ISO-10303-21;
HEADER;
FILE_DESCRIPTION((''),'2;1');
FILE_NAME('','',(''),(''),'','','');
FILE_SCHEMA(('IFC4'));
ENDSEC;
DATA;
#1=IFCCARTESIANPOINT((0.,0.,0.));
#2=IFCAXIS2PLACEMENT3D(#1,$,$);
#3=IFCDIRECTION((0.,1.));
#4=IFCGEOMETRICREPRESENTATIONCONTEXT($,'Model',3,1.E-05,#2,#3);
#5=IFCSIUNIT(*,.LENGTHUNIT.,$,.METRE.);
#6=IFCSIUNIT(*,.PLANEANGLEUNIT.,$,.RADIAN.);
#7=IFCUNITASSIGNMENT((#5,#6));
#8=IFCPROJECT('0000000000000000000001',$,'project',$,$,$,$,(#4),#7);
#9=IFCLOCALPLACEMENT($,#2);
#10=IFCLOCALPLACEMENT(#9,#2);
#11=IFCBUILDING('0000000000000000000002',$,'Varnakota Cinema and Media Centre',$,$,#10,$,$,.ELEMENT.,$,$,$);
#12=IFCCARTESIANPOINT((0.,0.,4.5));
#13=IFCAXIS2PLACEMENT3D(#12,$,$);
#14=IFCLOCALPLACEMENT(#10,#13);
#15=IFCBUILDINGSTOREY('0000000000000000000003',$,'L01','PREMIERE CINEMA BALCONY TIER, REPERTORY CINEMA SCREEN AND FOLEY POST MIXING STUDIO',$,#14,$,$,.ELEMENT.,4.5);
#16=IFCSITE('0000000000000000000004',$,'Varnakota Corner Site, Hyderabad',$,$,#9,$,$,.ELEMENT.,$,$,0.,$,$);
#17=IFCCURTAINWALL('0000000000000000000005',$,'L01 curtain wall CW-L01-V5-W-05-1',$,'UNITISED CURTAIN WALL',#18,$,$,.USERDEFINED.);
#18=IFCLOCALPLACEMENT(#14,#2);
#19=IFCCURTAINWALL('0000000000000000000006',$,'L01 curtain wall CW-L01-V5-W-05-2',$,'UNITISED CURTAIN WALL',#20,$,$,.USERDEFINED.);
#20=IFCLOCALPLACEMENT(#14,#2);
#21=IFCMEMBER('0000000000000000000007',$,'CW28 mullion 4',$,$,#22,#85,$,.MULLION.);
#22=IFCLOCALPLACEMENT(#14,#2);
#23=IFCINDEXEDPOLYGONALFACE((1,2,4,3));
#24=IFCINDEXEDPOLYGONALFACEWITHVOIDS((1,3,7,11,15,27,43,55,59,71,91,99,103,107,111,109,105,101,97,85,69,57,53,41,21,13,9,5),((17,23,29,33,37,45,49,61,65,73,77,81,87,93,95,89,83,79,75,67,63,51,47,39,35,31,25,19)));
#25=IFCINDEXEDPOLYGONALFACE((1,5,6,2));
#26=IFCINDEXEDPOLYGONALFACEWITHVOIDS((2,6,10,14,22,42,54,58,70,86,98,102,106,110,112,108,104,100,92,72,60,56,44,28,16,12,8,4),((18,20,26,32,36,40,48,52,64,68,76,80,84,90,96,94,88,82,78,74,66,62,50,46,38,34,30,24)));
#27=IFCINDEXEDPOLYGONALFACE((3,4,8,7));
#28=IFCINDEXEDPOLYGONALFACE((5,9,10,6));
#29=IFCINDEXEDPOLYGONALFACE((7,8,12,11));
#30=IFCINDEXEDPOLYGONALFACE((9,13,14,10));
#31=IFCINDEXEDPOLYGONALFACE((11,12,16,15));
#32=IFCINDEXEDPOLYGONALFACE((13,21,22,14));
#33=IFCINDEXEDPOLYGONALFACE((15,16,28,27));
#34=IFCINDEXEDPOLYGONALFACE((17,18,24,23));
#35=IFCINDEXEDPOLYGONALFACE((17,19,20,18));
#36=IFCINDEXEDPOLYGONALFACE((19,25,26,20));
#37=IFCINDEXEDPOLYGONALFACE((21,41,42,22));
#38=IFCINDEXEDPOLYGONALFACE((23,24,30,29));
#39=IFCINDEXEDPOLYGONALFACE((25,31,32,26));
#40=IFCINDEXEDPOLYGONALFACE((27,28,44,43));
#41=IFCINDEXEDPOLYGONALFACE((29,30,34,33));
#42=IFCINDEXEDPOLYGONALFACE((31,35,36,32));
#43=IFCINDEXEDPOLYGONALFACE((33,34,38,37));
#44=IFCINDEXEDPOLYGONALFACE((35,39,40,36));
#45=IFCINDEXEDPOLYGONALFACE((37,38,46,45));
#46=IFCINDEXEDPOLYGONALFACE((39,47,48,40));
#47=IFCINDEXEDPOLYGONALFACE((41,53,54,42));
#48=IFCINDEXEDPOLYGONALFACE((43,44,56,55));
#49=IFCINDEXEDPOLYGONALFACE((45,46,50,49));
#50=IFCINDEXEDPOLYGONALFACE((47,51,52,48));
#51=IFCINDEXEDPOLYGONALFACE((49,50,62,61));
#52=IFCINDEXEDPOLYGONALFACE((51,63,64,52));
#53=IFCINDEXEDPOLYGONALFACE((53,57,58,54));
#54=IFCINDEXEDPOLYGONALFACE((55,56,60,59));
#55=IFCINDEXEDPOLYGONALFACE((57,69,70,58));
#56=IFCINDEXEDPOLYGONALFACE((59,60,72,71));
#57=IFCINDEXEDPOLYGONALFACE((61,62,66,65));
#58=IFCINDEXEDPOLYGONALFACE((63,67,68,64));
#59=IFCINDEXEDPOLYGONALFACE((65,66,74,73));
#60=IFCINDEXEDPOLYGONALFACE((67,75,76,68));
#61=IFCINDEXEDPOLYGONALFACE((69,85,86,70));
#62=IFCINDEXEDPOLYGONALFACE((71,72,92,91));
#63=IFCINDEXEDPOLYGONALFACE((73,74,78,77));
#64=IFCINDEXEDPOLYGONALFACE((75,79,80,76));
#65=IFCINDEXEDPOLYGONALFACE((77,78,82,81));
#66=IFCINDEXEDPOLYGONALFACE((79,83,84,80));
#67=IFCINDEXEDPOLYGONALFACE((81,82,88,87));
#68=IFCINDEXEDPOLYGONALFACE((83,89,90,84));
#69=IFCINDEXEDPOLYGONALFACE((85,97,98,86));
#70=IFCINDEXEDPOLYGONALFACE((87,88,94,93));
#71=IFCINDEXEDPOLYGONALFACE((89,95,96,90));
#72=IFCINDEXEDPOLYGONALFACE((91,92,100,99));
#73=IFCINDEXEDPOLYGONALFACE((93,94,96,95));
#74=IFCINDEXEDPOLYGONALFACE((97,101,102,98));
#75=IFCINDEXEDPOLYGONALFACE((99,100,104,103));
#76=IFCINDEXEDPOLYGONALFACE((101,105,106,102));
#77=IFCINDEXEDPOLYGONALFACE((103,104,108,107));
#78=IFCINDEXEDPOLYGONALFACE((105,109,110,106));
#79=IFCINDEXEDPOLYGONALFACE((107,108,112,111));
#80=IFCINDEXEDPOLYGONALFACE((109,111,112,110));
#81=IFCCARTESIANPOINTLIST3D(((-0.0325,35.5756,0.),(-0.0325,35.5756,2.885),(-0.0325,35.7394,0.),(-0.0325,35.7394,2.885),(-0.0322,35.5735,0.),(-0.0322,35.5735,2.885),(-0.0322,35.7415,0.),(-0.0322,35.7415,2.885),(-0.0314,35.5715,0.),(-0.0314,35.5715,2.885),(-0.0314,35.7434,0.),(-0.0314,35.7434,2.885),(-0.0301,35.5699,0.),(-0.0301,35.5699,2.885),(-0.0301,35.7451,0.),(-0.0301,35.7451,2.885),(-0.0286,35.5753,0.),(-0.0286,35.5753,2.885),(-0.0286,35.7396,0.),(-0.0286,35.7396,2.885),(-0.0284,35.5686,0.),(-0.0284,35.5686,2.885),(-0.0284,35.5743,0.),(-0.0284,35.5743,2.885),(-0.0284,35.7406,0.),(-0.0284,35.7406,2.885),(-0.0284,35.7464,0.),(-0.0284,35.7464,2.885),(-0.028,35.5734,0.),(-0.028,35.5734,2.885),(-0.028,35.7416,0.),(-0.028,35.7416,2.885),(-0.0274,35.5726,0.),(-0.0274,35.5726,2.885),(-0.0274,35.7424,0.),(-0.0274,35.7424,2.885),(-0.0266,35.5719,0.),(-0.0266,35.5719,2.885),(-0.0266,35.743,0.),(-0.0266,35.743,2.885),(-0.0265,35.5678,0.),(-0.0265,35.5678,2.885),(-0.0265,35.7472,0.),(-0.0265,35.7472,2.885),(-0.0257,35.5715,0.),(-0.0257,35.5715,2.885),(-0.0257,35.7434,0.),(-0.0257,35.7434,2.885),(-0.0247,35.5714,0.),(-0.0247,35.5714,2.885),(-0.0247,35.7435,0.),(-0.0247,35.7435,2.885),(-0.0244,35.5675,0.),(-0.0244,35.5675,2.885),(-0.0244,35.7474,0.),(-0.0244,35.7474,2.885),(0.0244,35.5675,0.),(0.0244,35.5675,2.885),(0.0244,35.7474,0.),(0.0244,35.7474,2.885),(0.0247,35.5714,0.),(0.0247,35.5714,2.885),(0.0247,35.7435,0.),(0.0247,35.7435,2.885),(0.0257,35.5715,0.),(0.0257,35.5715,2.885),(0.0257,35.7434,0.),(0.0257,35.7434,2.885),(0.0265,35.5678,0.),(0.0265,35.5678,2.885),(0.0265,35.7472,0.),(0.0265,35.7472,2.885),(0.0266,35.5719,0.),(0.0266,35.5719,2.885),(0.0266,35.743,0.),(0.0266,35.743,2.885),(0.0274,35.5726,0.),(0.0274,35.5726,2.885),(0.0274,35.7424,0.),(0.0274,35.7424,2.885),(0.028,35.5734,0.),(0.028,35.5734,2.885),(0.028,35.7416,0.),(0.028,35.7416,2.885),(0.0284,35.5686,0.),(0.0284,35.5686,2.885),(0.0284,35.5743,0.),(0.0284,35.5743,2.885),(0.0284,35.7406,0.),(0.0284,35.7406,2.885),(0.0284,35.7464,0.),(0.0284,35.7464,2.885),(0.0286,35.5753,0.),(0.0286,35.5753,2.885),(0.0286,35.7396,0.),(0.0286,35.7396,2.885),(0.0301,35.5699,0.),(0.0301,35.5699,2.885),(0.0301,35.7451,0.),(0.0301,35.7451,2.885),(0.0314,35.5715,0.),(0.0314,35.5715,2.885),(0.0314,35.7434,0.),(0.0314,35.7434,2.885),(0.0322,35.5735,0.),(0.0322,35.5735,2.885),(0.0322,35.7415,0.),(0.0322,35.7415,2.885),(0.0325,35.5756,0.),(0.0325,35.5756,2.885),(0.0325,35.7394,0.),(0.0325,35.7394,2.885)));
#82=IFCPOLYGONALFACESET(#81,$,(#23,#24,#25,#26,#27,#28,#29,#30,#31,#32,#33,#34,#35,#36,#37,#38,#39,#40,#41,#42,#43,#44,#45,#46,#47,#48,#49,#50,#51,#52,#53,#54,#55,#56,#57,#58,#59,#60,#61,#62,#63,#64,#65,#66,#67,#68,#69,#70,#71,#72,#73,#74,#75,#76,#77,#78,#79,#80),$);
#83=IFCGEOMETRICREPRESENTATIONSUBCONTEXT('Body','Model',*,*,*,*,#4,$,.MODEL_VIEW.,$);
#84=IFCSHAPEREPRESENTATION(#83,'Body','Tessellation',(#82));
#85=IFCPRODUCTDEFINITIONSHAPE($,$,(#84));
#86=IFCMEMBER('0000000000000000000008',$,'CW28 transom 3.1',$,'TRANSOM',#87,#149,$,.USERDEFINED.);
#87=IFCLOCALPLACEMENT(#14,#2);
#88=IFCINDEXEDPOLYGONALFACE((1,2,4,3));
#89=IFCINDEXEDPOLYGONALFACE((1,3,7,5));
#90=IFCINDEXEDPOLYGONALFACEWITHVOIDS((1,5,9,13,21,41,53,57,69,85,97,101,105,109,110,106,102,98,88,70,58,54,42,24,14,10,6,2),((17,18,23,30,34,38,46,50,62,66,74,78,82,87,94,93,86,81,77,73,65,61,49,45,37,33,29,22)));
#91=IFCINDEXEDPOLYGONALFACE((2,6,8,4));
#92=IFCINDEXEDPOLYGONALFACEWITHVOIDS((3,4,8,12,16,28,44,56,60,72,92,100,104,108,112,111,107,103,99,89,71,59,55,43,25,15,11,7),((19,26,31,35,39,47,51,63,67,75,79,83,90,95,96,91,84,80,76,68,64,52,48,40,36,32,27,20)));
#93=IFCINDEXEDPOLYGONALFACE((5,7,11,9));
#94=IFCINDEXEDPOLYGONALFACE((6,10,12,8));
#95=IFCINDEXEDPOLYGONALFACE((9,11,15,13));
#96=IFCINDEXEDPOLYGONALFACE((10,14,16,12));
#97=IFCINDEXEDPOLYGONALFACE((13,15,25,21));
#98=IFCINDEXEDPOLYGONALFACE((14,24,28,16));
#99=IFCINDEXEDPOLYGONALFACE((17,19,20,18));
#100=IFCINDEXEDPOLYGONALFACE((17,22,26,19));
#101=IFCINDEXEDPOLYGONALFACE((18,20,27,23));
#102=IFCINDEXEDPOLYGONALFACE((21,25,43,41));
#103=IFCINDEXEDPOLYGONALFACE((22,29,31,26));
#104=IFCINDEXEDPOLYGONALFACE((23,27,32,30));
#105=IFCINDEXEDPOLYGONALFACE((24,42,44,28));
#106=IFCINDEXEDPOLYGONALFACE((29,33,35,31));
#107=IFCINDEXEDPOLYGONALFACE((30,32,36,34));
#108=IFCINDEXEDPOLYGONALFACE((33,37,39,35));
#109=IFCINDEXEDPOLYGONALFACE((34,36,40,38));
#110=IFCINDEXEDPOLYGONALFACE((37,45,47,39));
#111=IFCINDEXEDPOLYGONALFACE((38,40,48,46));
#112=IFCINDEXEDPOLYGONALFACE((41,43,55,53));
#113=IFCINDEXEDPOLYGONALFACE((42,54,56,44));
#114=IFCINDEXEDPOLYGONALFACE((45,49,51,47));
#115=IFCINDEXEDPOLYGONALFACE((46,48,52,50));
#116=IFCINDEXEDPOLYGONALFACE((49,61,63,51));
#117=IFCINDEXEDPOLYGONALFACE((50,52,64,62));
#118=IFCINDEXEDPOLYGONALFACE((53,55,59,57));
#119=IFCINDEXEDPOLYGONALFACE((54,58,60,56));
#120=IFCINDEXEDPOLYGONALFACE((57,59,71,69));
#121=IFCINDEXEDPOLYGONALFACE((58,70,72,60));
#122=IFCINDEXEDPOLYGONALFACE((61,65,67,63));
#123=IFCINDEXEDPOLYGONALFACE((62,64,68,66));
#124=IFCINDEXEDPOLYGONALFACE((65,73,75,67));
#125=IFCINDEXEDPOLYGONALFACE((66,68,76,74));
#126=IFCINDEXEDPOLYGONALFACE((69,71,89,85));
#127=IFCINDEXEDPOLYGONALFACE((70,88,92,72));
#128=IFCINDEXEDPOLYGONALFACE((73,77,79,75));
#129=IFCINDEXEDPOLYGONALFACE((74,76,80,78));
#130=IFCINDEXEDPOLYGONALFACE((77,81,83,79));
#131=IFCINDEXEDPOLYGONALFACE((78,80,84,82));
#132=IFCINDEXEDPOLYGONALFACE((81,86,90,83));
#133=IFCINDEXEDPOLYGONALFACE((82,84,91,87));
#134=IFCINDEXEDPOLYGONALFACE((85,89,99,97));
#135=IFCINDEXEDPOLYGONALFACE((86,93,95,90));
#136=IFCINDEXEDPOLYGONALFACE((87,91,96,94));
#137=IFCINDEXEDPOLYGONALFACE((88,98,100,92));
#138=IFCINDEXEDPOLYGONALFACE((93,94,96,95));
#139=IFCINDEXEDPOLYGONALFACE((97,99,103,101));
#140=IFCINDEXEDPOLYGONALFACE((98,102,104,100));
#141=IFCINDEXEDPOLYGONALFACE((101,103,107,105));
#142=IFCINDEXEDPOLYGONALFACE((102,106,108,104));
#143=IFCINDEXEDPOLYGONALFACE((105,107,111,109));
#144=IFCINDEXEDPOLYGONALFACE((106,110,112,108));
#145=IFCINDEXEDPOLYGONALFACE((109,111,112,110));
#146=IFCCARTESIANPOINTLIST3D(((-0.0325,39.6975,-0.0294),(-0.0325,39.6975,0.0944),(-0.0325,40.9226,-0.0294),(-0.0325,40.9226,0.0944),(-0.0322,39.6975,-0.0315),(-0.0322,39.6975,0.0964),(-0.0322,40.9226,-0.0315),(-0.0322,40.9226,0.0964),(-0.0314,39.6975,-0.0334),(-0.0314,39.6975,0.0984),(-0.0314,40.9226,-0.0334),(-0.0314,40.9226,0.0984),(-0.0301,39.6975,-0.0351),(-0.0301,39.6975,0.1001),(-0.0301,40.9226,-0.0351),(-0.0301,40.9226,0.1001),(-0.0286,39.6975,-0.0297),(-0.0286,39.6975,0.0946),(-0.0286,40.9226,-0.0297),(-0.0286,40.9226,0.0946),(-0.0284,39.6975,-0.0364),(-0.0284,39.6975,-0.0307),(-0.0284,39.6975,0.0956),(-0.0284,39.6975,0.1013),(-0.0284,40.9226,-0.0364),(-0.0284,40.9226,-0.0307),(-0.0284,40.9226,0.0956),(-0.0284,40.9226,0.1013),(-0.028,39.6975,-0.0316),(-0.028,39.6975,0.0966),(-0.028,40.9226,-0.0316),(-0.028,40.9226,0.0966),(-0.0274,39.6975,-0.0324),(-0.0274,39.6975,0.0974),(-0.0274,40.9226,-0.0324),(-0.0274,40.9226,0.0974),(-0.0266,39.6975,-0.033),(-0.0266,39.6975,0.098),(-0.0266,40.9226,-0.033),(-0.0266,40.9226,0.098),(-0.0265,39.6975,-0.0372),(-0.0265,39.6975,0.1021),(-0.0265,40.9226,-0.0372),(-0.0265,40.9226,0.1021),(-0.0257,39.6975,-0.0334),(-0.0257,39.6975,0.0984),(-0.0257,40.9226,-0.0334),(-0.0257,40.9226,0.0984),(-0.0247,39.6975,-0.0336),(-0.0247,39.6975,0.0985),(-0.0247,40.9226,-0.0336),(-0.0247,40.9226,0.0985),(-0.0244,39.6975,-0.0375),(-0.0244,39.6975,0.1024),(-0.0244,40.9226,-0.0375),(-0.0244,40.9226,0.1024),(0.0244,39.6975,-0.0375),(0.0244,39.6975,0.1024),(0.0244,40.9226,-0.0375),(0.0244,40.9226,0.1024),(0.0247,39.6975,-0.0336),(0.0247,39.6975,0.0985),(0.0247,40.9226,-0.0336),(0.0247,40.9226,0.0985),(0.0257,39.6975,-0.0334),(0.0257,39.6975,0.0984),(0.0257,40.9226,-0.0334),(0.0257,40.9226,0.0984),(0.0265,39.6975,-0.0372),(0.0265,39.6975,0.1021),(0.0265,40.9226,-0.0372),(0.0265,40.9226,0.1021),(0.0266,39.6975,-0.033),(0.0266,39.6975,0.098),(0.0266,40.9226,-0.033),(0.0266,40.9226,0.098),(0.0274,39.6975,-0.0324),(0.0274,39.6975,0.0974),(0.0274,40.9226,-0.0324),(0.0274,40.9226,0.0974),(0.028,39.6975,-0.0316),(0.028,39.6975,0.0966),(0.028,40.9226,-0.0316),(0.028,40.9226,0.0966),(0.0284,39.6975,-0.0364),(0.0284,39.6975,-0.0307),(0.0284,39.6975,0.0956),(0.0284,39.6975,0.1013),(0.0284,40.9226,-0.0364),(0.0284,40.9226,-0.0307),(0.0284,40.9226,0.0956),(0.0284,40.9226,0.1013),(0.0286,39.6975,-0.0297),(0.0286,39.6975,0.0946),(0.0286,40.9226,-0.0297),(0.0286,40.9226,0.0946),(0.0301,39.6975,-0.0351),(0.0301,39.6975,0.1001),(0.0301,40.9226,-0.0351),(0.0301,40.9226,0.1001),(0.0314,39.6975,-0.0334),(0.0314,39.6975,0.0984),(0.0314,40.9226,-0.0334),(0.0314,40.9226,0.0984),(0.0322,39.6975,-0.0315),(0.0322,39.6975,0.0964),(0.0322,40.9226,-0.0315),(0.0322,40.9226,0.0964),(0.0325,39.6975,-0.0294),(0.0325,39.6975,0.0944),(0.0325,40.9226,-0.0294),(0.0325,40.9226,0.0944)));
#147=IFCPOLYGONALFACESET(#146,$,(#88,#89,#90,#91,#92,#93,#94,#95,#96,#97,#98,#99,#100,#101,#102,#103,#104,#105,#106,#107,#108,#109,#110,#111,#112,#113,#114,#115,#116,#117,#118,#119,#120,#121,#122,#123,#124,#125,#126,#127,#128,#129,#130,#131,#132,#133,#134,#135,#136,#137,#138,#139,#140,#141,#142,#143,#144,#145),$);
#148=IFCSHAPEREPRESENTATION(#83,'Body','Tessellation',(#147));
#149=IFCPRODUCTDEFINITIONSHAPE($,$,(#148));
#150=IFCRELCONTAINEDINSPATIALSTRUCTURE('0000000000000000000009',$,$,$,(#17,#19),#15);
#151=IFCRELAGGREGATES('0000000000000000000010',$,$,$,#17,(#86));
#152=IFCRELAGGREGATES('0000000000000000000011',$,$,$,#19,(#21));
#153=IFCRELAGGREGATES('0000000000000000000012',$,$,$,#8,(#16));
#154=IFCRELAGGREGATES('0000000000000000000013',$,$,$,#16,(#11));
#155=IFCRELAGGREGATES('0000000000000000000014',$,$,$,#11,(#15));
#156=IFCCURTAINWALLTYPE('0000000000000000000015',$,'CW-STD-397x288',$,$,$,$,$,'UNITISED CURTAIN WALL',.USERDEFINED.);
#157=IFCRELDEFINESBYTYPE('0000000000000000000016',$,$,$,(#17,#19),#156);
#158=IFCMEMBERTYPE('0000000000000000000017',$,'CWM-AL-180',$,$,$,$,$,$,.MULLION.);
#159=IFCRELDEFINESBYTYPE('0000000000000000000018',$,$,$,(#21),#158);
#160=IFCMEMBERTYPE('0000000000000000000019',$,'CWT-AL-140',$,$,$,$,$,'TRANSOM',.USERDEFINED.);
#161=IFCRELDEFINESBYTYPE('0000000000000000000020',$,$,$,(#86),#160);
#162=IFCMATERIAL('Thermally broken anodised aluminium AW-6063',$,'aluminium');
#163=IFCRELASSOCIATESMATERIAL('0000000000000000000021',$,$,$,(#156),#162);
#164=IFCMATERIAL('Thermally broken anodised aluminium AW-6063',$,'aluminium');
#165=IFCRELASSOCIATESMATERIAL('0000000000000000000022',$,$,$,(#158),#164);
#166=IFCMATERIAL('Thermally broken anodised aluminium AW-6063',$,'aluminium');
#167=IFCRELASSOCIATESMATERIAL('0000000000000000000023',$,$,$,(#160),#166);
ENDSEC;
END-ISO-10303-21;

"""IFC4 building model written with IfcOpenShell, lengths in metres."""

from ifc_helpers import new_model, si_unit, direction, frame, origin, origin_2d, place, context, subcontext, project, spatial, hollow_rectangle, extrude, material, material_profile, profile_set, type_object, element, aggregate, save


model = new_model("IFC4")

# Units and contexts
model_context = context("Model", 3, precision=1e-05, world=origin(), true_north=direction((0.0, 1.0)))
body_context = subcontext(model_context, "Body", "Model", "MODEL_VIEW")
ifc_project = project(units=[si_unit("LENGTHUNIT", "METRE"), si_unit("PLANEANGLEUNIT", "RADIAN")], contexts=[model_context])

# Site, building, storey
site_placement = place(None, origin())
site = spatial("IfcSite", under=ifc_project, at=site_placement, Name="Varnakota Corner Site, Hyderabad", CompositionType="ELEMENT", RefElevation=0.0)
building_placement = place(site_placement, origin())
building = spatial("IfcBuilding", under=site, at=building_placement, Name="Varnakota Cinema and Media Centre", CompositionType="ELEMENT")
storey_placement = place(building_placement, frame((0.0, 0.0, 4.5)))
storey = spatial("IfcBuildingStorey", under=building, at=storey_placement, Name="L01", Description="PREMIERE CINEMA BALCONY TIER, REPERTORY CINEMA SCREEN AND FOLEY POST MIXING STUDIO", CompositionType="ELEMENT", Elevation=4.5)

# Curtain wall
ifc_material_1 = material(Name="Thermally broken anodised aluminium AW-6063", Category="aluminium")
curtain_wall_type = type_object("IfcCurtainWallType", Name="CW-STD-397x288", ElementType="UNITISED CURTAIN WALL", PredefinedType="USERDEFINED", material=ifc_material_1)
curtain_wall_1_placement = place(storey_placement, origin())
curtain_wall_1 = element("IfcCurtainWall", 1, at=curtain_wall_1_placement, inside=storey, type_object=curtain_wall_type, Name="L01 curtain wall CW-L01-V5-W-05-1", ObjectType="UNITISED CURTAIN WALL", PredefinedType="USERDEFINED")
ifc_material_2 = material(Name="Thermally broken anodised aluminium AW-6063", Category="aluminium")
ifc_material_profile_1 = material_profile(ifc_material_2, hollow_rectangle(XDim=0.0649, YDim=0.1799, WallThickness=0.0039, InnerFilletRadius=0.0039, OuterFilletRadius=0.0081, at=origin_2d()), Name="AL-MULLION 180x65x4")
ifc_profile_set_1 = profile_set([ifc_material_profile_1], Name="Thermally broken anodised aluminium AW-6063")
member_type_1 = type_object("IfcMemberType", Name="CWM-AL-180", PredefinedType="MULLION", material=ifc_profile_set_1)

# Curtain wall, member
curtain_wall_2_placement = place(storey_placement, origin())
curtain_wall_2 = element("IfcCurtainWall", 2, at=curtain_wall_2_placement, inside=storey, type_object=curtain_wall_type, Name="L01 curtain wall CW-L01-V5-W-05-2", ObjectType="UNITISED CURTAIN WALL", PredefinedType="USERDEFINED")
member_1_placement = place(storey_placement, frame((0.0, 35.6575, 0.0), z_axis=(0.0, 0.0, 1.0), x_axis=(1.0, 0.0, 0.0)))
member_1 = element("IfcMember", 3, at=member_1_placement, type_object=member_type_1, Name="CW28 mullion 4", PredefinedType="MULLION", context=body_context, shape_type="SweptSolid", body=[
    extrude(hollow_rectangle(XDim=0.0649, YDim=0.1799, WallThickness=0.0039, InnerFilletRadius=0.0039, OuterFilletRadius=0.0081, at=origin_2d()), origin(), (0.0, 0.0, 1.0), 2.885),
])

# Member
ifc_material_3 = material(Name="Thermally broken anodised aluminium AW-6063", Category="aluminium")
ifc_material_profile_2 = material_profile(ifc_material_3, hollow_rectangle(XDim=0.0649, YDim=0.1399, WallThickness=0.0039, InnerFilletRadius=0.0039, OuterFilletRadius=0.0081, at=origin_2d()), Name="AL-TRANSOM 140x65x4")
ifc_profile_set_2 = profile_set([ifc_material_profile_2], Name="Thermally broken anodised aluminium AW-6063")
member_type_2 = type_object("IfcMemberType", Name="CWT-AL-140", ElementType="TRANSOM", PredefinedType="USERDEFINED", material=ifc_profile_set_2)
member_2_placement = place(storey_placement, frame((0.0, 40.9226, 0.0325), z_axis=(0.0, -1.0, 0.0), x_axis=(1.0, 0.0, 0.0)))
member_2 = element("IfcMember", 4, at=member_2_placement, type_object=member_type_2, Name="CW28 transom 3.1", ObjectType="TRANSOM", PredefinedType="USERDEFINED", context=body_context, shape_type="SweptSolid", body=[
    extrude(hollow_rectangle(XDim=0.0649, YDim=0.1399, WallThickness=0.0039, InnerFilletRadius=0.0039, OuterFilletRadius=0.0081, at=origin_2d()), origin(), (0.0, 0.0, 1.0), 1.2251),
])

aggregate(curtain_wall_1, [member_2])
aggregate(curtain_wall_2, [member_1])

save(model, "model.ifc")
